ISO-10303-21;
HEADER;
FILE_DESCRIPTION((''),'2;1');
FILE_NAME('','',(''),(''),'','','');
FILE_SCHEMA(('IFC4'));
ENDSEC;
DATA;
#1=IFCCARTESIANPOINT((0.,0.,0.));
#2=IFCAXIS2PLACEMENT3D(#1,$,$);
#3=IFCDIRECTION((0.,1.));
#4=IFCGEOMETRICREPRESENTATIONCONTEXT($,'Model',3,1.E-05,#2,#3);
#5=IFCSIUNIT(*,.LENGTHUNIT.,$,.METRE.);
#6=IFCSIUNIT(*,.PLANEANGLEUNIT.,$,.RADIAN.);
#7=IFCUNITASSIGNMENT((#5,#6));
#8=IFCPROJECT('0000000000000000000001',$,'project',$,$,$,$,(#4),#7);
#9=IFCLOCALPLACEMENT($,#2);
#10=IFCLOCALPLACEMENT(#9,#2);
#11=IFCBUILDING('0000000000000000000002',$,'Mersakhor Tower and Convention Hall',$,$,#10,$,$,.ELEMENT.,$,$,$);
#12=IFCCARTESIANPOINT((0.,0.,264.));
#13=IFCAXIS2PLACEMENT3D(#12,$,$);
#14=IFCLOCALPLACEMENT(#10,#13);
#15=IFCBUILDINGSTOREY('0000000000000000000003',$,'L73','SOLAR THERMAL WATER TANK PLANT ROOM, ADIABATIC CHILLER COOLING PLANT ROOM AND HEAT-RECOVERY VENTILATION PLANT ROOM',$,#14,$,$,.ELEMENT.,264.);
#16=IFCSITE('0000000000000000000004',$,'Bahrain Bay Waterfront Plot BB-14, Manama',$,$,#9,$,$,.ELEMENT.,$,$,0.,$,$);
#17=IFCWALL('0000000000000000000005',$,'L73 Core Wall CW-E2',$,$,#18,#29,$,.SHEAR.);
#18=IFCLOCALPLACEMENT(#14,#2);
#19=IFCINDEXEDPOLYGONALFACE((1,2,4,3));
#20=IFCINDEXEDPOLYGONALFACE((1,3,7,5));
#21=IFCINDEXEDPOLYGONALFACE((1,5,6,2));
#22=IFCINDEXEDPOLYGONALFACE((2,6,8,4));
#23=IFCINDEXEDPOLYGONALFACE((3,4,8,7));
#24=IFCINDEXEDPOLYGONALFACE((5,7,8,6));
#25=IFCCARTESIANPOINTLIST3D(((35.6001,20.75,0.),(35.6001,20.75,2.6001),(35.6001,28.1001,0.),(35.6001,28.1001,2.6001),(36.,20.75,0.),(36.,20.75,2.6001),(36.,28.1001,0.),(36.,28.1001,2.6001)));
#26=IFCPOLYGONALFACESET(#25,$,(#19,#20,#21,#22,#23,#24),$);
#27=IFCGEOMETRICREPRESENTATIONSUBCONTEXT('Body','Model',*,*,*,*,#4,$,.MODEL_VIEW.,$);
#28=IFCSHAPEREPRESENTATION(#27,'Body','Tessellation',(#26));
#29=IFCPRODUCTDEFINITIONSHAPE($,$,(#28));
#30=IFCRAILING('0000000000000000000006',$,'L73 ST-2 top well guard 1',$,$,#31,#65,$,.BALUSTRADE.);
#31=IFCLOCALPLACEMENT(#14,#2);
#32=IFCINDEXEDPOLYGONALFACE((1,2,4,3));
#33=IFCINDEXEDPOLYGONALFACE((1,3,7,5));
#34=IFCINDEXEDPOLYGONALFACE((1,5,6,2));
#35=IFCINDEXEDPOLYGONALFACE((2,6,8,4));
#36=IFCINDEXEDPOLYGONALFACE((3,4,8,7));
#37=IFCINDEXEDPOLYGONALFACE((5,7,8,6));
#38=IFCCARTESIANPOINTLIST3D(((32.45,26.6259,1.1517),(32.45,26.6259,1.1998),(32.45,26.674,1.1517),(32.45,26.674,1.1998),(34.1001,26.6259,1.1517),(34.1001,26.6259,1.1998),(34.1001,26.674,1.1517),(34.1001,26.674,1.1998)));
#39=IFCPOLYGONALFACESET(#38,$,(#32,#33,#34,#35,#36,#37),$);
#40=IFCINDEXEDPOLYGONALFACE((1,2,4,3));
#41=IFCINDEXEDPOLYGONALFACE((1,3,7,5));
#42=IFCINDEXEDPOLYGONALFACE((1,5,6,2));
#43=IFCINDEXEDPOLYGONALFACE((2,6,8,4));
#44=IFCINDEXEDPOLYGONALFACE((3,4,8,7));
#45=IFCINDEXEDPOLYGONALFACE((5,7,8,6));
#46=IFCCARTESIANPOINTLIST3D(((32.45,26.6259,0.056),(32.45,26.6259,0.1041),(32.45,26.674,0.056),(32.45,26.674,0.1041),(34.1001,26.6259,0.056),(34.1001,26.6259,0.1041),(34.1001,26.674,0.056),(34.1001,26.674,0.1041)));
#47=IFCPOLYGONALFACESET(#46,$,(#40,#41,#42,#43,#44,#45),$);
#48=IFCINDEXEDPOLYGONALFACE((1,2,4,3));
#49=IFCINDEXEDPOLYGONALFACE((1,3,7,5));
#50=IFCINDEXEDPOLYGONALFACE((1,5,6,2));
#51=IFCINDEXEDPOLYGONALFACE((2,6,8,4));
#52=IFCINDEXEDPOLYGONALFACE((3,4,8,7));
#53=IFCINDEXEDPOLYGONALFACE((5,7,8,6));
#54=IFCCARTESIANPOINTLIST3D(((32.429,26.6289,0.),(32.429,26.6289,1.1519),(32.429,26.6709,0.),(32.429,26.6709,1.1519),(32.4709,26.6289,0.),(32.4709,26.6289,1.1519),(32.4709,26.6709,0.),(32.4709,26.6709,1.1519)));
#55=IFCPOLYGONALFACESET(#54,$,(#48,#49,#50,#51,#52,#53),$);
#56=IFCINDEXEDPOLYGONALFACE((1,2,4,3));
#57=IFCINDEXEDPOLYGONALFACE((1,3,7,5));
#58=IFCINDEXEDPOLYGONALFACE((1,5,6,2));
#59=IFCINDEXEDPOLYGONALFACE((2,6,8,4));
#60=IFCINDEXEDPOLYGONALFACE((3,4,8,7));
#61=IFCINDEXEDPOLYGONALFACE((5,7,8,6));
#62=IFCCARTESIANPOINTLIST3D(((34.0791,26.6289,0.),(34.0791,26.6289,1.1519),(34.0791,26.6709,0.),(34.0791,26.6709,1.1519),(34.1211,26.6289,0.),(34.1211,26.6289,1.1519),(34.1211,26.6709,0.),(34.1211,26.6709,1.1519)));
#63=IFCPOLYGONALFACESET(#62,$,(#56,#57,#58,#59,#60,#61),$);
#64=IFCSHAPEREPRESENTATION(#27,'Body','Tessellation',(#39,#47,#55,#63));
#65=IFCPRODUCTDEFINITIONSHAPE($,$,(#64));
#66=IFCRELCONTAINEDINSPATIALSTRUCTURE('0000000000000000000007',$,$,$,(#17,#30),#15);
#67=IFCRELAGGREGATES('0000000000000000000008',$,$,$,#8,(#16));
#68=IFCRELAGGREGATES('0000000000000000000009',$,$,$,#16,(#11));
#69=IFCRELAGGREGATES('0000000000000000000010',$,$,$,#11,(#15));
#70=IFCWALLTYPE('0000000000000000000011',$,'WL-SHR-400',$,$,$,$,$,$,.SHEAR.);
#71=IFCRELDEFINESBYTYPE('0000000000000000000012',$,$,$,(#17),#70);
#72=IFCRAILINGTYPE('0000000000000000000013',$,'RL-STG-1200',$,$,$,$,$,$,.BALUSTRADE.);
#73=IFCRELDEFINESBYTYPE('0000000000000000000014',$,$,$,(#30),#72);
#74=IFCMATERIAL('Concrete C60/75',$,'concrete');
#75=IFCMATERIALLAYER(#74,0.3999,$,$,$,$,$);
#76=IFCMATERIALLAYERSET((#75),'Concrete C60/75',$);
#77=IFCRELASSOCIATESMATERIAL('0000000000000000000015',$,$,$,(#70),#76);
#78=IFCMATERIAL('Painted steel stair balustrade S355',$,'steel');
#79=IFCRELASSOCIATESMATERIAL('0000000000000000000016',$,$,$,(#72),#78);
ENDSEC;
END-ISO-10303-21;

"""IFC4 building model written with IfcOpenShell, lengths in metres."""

from ifc_helpers import new_model, si_unit, direction, frame, frame_2d, origin, origin_2d, place, context, subcontext, project, spatial, rectangle, extrude, material, layer, layer_set, type_object, element, save


model = new_model("IFC4")

# Units and contexts
model_context = context("Model", 3, precision=1e-05, world=origin(), true_north=direction((0.0, 1.0)))
body_context = subcontext(model_context, "Body", "Model", "MODEL_VIEW")
ifc_project = project(units=[si_unit("LENGTHUNIT", "METRE"), si_unit("PLANEANGLEUNIT", "RADIAN")], contexts=[model_context])

# Site, building, storey
site_placement = place(None, origin())
site = spatial("IfcSite", under=ifc_project, at=site_placement, Name="Bahrain Bay Waterfront Plot BB-14, Manama", CompositionType="ELEMENT", RefElevation=0.0)
building_placement = place(site_placement, origin())
building = spatial("IfcBuilding", under=site, at=building_placement, Name="Mersakhor Tower and Convention Hall", CompositionType="ELEMENT")
storey_placement = place(building_placement, frame((0.0, 0.0, 264.0)))
storey = spatial("IfcBuildingStorey", under=building, at=storey_placement, Name="L73", Description="SOLAR THERMAL WATER TANK PLANT ROOM, ADIABATIC CHILLER COOLING PLANT ROOM AND HEAT-RECOVERY VENTILATION PLANT ROOM", CompositionType="ELEMENT", Elevation=264.0)

# Shared definitions
ifc_material_1 = material(Name="Concrete C60/75", Category="concrete")
ifc_layer_1 = layer(ifc_material_1, 0.3999)
ifc_layer_set_1 = layer_set([ifc_layer_1], Name="Concrete C60/75")
wall_type_1 = type_object("IfcWallType", Name="WL-SHR-400", PredefinedType="SHEAR", material=ifc_layer_set_1)

# Wall
wall_1_placement = place(storey_placement, frame((35.8, 28.1001, 0.0), z_axis=(0.0, 0.0, 1.0), x_axis=(0.0, -1.0, 0.0)))
element("IfcWall", 1, at=wall_1_placement, inside=storey, type_object=wall_type_1, Name="L73 Core Wall CW-E2", PredefinedType="SHEAR", context=body_context, shape_type="SweptSolid", body=[
    extrude(rectangle(XDim=7.3501, YDim=0.3999, at=frame_2d((3.675, 0.0))), origin(), (0.0, 0.0, 1.0), 2.6001),
])

# Railing
ifc_material_2 = material(Name="Painted steel stair balustrade S355", Category="steel")
railing_type = type_object("IfcRailingType", Name="RL-STG-1200", PredefinedType="BALUSTRADE", material=ifc_material_2)
railing_placement = place(storey_placement, frame((32.45, 26.6499, 0.0)))
element("IfcRailing", 2, at=railing_placement, inside=storey, type_object=railing_type, Name="L73 ST-2 top well guard 1", PredefinedType="BALUSTRADE", context=body_context, shape_type="SweptSolid", body=[
    extrude(rectangle(XDim=0.0481, YDim=0.0481, at=origin_2d()), frame((0.0, 0.0, 1.1758), z_axis=(1.0, 0.0, 0.0), x_axis=(0.0, 1.0, 0.0)), (0.0, 0.0, 1.0), 1.6501),
    extrude(rectangle(XDim=0.0481, YDim=0.0481, at=origin_2d()), frame((0.0, 0.0, 0.0801), z_axis=(1.0, 0.0, 0.0), x_axis=(0.0, 1.0, 0.0)), (0.0, 0.0, 1.0), 1.6501),
    extrude(rectangle(XDim=0.042, YDim=0.042, at=origin_2d()), origin(), (0.0, 0.0, 1.0), 1.1519),
    extrude(rectangle(XDim=0.042, YDim=0.042, at=origin_2d()), frame((1.6501, 0.0, 0.0)), (0.0, 0.0, 1.0), 1.1519),
])

save(model, "model.ifc")
